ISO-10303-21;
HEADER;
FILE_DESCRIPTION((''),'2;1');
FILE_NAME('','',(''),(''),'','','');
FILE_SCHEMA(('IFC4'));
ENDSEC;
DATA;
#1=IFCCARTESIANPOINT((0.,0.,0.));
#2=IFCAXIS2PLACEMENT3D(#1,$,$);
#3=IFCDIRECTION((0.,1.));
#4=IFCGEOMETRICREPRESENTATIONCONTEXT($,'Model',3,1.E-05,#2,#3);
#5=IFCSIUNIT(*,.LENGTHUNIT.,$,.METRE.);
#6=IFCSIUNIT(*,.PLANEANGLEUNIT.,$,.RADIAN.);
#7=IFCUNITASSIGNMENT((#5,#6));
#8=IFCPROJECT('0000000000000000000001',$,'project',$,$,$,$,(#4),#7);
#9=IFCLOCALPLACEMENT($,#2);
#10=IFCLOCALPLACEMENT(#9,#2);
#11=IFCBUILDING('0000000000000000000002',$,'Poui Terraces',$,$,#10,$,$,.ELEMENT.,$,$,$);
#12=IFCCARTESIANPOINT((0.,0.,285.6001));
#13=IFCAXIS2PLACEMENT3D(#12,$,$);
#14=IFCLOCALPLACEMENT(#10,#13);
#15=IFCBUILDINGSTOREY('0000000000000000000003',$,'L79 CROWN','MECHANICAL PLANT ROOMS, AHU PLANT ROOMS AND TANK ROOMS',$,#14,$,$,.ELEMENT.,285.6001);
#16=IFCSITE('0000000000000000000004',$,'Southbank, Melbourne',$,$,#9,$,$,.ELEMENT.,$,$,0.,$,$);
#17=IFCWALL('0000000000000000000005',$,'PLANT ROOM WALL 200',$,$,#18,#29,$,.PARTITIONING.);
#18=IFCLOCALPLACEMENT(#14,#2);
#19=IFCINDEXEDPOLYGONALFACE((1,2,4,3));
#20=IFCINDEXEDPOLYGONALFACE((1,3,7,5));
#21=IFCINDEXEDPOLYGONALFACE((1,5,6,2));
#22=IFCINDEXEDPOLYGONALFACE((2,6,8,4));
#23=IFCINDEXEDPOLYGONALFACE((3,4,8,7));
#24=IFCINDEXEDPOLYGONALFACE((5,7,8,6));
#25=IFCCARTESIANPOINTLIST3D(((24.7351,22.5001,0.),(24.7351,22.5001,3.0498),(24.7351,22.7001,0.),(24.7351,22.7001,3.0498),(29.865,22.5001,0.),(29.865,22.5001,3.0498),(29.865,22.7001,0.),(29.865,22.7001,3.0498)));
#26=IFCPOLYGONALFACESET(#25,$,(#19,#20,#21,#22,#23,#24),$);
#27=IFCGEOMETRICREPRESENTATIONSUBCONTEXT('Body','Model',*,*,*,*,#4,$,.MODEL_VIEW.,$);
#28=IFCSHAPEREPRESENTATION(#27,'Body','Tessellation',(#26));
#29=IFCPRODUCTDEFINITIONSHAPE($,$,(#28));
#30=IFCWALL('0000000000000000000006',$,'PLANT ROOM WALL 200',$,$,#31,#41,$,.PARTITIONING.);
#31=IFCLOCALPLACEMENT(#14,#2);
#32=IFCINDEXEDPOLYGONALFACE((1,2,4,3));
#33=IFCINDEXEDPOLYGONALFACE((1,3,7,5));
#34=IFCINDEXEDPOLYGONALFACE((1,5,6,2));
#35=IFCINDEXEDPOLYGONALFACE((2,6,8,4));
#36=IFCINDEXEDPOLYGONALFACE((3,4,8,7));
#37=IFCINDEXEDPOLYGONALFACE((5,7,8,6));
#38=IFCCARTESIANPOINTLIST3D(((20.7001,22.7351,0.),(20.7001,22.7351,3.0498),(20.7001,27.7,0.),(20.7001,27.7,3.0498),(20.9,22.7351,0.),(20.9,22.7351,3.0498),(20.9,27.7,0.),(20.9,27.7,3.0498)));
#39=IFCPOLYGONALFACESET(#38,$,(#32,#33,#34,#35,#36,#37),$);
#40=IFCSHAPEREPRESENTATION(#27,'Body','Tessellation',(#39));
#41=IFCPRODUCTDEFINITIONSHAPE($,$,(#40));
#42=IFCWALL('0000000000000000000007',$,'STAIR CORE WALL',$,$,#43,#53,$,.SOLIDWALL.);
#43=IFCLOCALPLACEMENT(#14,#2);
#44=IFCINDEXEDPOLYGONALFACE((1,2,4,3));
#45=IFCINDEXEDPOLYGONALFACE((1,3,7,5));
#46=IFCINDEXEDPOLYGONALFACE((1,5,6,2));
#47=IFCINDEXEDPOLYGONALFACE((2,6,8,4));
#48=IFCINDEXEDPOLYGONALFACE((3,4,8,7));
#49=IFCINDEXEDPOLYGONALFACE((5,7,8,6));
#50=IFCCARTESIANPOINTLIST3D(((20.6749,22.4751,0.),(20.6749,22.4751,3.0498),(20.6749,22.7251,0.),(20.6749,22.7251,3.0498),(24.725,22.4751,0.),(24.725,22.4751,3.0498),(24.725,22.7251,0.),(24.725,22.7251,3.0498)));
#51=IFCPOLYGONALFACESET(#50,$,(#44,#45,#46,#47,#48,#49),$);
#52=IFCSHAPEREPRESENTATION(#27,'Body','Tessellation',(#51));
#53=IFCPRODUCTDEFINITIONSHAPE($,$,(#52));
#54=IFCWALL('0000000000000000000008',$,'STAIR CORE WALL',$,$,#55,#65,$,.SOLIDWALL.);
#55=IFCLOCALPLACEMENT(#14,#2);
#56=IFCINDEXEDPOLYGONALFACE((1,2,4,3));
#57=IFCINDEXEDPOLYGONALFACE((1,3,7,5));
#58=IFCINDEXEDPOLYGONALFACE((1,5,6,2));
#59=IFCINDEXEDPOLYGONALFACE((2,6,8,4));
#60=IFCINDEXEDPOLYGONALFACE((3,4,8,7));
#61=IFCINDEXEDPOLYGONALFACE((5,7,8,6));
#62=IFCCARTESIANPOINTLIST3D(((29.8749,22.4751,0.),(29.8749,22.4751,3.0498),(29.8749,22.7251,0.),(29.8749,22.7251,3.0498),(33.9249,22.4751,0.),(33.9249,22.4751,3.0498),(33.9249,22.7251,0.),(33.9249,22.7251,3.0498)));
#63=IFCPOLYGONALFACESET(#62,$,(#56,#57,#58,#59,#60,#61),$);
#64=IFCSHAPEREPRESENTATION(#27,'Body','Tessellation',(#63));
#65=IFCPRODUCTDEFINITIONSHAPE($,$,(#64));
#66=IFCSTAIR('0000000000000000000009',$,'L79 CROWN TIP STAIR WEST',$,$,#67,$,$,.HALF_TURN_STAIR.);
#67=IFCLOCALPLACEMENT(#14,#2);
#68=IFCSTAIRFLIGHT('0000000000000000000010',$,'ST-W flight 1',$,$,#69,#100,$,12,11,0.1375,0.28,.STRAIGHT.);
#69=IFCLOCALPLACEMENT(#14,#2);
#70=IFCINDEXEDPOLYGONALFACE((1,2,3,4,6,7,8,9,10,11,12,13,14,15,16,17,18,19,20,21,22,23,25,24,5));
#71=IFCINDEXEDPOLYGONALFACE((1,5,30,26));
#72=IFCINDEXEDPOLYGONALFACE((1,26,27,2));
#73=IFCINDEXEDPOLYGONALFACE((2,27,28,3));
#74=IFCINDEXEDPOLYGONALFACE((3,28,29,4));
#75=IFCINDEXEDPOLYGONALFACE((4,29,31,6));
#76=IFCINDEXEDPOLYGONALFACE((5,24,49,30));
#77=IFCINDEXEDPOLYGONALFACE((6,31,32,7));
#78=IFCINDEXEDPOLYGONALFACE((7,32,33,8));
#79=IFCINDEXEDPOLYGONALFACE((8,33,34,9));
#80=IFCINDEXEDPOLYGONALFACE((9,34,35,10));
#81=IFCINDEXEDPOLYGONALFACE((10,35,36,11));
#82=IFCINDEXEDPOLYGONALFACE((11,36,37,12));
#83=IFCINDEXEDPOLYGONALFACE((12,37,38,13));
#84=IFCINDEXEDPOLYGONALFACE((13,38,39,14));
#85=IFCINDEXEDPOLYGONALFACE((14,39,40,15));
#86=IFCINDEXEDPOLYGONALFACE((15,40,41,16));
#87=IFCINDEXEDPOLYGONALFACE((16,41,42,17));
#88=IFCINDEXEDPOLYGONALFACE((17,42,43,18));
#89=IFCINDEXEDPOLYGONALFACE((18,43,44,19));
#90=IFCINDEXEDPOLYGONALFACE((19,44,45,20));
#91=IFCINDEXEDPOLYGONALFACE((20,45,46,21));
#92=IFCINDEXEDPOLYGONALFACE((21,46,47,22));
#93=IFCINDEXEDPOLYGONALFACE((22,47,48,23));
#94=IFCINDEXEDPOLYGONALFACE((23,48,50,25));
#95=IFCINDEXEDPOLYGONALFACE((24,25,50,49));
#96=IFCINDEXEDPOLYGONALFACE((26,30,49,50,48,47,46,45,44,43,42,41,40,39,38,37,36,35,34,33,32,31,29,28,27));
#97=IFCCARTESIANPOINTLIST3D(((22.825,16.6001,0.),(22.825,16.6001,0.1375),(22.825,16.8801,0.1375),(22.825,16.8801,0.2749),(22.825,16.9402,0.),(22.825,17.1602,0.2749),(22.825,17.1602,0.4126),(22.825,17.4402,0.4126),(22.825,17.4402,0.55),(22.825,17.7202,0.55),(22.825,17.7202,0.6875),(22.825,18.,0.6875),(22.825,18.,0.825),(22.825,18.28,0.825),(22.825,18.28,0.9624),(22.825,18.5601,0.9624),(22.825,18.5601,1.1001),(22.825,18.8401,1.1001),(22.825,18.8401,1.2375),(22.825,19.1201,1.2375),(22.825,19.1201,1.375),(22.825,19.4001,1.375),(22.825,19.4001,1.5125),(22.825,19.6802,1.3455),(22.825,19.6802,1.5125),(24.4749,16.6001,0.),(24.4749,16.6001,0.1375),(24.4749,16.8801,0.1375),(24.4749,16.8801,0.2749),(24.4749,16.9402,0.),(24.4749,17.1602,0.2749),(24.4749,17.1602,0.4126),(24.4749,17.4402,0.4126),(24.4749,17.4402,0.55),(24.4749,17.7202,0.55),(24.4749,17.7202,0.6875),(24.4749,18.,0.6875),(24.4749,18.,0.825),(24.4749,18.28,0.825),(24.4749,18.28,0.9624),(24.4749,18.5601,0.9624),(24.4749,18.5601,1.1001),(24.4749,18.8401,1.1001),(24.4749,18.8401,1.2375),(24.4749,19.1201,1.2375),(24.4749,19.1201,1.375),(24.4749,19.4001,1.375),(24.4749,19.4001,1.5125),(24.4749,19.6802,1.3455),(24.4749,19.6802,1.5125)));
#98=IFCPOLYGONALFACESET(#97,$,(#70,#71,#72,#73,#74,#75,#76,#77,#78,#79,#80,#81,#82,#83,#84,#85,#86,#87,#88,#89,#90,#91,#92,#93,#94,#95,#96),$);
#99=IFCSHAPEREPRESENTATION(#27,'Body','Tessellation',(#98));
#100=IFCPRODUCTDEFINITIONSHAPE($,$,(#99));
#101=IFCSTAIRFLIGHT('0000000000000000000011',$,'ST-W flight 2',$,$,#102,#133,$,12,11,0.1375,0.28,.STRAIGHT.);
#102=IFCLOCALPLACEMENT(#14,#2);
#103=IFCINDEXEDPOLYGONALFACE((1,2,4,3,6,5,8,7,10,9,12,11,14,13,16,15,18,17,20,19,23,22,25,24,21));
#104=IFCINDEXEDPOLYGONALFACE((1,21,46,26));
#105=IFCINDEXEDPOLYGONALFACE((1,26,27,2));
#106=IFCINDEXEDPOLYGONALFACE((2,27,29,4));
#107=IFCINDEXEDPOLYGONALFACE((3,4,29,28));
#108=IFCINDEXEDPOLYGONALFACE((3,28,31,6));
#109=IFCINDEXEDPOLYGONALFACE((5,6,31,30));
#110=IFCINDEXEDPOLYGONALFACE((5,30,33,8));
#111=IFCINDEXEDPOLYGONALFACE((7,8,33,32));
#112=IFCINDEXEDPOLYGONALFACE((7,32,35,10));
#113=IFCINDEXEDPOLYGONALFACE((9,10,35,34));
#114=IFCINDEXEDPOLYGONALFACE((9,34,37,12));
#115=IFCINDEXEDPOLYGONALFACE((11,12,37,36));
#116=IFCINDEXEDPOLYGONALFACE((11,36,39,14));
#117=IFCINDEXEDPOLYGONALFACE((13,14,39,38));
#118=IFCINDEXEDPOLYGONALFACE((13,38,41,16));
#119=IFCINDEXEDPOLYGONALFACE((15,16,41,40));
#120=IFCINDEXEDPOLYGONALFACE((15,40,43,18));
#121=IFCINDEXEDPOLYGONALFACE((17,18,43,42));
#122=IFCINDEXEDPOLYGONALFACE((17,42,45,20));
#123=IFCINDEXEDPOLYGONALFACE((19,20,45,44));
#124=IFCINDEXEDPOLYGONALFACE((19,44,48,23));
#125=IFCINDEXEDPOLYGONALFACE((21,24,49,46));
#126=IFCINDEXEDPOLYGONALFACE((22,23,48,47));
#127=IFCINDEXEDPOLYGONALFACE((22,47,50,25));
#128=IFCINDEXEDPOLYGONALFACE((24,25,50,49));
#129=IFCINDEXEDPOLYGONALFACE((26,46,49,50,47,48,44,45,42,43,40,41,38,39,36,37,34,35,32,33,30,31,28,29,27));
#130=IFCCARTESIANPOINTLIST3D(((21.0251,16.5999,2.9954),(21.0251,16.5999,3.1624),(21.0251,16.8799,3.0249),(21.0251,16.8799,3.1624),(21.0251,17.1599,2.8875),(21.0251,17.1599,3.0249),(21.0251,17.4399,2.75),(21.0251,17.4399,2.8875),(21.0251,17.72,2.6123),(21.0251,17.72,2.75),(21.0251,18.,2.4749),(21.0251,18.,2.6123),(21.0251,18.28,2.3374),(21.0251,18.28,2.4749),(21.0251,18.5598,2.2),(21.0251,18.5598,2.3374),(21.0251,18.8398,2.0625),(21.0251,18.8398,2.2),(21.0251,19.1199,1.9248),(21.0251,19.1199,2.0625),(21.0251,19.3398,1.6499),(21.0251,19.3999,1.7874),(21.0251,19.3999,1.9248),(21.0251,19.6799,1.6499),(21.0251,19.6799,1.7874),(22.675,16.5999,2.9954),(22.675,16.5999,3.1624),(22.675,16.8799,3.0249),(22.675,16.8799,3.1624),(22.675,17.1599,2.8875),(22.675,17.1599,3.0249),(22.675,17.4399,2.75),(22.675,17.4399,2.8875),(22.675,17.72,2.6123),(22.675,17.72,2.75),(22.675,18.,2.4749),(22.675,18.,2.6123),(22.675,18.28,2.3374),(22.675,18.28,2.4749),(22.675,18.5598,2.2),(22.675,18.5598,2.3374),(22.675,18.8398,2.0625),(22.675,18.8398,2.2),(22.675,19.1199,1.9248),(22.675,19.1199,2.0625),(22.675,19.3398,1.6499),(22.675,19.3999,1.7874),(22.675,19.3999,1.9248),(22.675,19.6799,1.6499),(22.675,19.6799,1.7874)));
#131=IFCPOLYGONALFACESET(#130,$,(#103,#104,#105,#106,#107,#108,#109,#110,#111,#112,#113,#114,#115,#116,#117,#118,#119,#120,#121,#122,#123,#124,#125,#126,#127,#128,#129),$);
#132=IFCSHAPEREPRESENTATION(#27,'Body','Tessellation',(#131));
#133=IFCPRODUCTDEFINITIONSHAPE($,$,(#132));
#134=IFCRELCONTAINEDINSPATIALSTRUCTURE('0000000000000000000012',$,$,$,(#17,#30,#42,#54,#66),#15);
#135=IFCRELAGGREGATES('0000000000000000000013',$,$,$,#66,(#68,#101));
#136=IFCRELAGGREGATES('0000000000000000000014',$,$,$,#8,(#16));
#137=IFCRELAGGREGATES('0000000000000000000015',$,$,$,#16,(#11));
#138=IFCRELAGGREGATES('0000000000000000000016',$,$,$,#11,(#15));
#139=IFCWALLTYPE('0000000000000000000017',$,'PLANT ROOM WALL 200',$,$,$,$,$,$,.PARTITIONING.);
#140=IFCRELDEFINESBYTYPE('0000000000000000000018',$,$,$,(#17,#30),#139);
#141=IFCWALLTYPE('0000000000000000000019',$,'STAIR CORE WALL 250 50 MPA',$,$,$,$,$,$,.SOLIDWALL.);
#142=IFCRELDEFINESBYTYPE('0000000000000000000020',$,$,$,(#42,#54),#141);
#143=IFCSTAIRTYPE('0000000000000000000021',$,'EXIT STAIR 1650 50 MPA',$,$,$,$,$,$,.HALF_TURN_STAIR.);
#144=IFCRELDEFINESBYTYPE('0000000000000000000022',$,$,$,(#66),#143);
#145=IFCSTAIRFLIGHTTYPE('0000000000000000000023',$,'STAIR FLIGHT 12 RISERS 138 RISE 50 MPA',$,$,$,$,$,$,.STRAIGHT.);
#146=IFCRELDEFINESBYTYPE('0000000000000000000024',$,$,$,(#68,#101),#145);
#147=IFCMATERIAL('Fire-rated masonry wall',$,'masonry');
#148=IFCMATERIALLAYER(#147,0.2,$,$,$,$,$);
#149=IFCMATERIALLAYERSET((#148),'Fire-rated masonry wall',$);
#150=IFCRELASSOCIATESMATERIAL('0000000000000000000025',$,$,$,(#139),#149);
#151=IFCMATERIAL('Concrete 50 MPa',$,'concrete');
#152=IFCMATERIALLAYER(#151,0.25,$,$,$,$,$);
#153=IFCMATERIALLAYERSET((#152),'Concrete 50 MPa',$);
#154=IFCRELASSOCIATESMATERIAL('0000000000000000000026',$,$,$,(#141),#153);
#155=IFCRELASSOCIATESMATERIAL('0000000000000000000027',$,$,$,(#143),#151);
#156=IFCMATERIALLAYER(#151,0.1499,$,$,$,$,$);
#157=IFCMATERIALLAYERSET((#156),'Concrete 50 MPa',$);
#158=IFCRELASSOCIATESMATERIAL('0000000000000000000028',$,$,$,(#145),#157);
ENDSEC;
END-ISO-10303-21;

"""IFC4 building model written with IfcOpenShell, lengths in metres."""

from ifc_helpers import new_model, si_unit, direction, frame, frame_2d, origin, place, context, subcontext, project, spatial, polyline, rectangle, outline, extrude, material, layer, layer_set, type_object, element, aggregate, save


model = new_model("IFC4")

# Units and contexts
model_context = context("Model", 3, precision=1e-05, world=origin(), true_north=direction((0.0, 1.0)))
body_context = subcontext(model_context, "Body", "Model", "MODEL_VIEW")
ifc_project = project(units=[si_unit("LENGTHUNIT", "METRE"), si_unit("PLANEANGLEUNIT", "RADIAN")], contexts=[model_context])

# Site, building, storey
site_placement = place(None, origin())
site = spatial("IfcSite", under=ifc_project, at=site_placement, Name="Southbank, Melbourne", CompositionType="ELEMENT", RefElevation=0.0)
building_placement = place(site_placement, origin())
building = spatial("IfcBuilding", under=site, at=building_placement, Name="Poui Terraces", CompositionType="ELEMENT")
storey_placement = place(building_placement, frame((0.0, 0.0, 285.6001)))
storey = spatial("IfcBuildingStorey", under=building, at=storey_placement, Name="L79 CROWN", Description="MECHANICAL PLANT ROOMS, AHU PLANT ROOMS AND TANK ROOMS", CompositionType="ELEMENT", Elevation=285.6001)

# Walls
ifc_material_1 = material(Name="Fire-rated masonry wall", Category="masonry")
ifc_layer_1 = layer(ifc_material_1, 0.2)
ifc_layer_set_1 = layer_set([ifc_layer_1], Name="Fire-rated masonry wall")
wall_type_1 = type_object("IfcWallType", Name="PLANT ROOM WALL 200", PredefinedType="PARTITIONING", material=ifc_layer_set_1)
wall_1_placement = place(storey_placement, frame((24.7351, 22.6001, 0.0), z_axis=(0.0, 0.0, 1.0), x_axis=(1.0, 0.0, 0.0)))
element("IfcWall", 1, at=wall_1_placement, inside=storey, type_object=wall_type_1, Name="PLANT ROOM WALL 200", PredefinedType="PARTITIONING", context=body_context, shape_type="SweptSolid", body=[
    extrude(rectangle(XDim=5.1299, YDim=0.2, at=frame_2d((2.5649, 0.0))), origin(), (0.0, 0.0, 1.0), 3.0498),
])
wall_2_placement = place(storey_placement, frame((20.8, 22.7351, 0.0), z_axis=(0.0, 0.0, 1.0), x_axis=(0.0, 1.0, 0.0)))
element("IfcWall", 2, at=wall_2_placement, inside=storey, type_object=wall_type_1, Name="PLANT ROOM WALL 200", PredefinedType="PARTITIONING", context=body_context, shape_type="SweptSolid", body=[
    extrude(rectangle(XDim=4.9648, YDim=0.2, at=frame_2d((2.4824, 0.0))), origin(), (0.0, 0.0, 1.0), 3.0498),
])
ifc_material_2 = material(Name="Concrete 50 MPa", Category="concrete")
ifc_layer_2 = layer(ifc_material_2, 0.25)
ifc_layer_set_2 = layer_set([ifc_layer_2], Name="Concrete 50 MPa")
wall_type_2 = type_object("IfcWallType", Name="STAIR CORE WALL 250 50 MPA", PredefinedType="SOLIDWALL", material=ifc_layer_set_2)
for number, where, z_axis, x_axis, name in (
    (3, (20.675, 22.6001, 0.0), (0.0, 0.0, 1.0), (1.0, 0.0, 0.0), "STAIR CORE WALL"),
    (4, (29.875, 22.6001, 0.0), (0.0, 0.0, 1.0), (1.0, 0.0, 0.0), "STAIR CORE WALL"),
):
    element("IfcWall", number, at=place(storey_placement, frame(where, z_axis=z_axis, x_axis=x_axis)), inside=storey, type_object=wall_type_2, Name=name, PredefinedType="SOLIDWALL", context=body_context, shape_type="SweptSolid", body=[
        extrude(rectangle(XDim=4.05, YDim=0.25, at=frame_2d((2.0249, 0.0))), origin(), (0.0, 0.0, 1.0), 3.0498),
    ])

# Stair, stair flights
stair_type = type_object("IfcStairType", Name="EXIT STAIR 1650 50 MPA", PredefinedType="HALF_TURN_STAIR", material=ifc_material_2)
stair_placement = place(storey_placement, origin())
stair = element("IfcStair", 5, at=stair_placement, inside=storey, type_object=stair_type, Name="L79 CROWN TIP STAIR WEST", PredefinedType="HALF_TURN_STAIR")
ifc_layer_3 = layer(ifc_material_2, 0.1499)
ifc_layer_set_3 = layer_set([ifc_layer_3], Name="Concrete 50 MPa")
stair_flight_type = type_object("IfcStairFlightType", Name="STAIR FLIGHT 12 RISERS 138 RISE 50 MPA", PredefinedType="STRAIGHT", material=ifc_layer_set_3)
stair_flight_1_placement = place(storey_placement, frame((23.6499, 16.6001, 0.0), z_axis=(0.0, 0.0, 1.0), x_axis=(0.0, 1.0, 0.0)))
stair_flight_1 = element("IfcStairFlight", 6, at=stair_flight_1_placement, type_object=stair_flight_type, Name="ST-W flight 1", NumberOfRisers=12, NumberOfTreads=11, PredefinedType="STRAIGHT", RiserHeight=0.1375, TreadLength=0.28, context=body_context, shape_type="SweptSolid", body=[
    extrude(outline(polyline([(0.0, 0.0), (0.0, 0.1375), (0.28, 0.1375), (0.28, 0.2749), (0.5601, 0.2749), (0.5601, 0.4126), (0.8401, 0.4126), (0.8401, 0.55), (1.1201, 0.55), (1.1201, 0.6875), (1.3999, 0.6875), (1.3999, 0.825), (1.6799, 0.825), (1.6799, 0.9624), (1.96, 0.9624), (1.96, 1.1001), (2.24, 1.1001), (2.24, 1.2375), (2.52, 1.2375), (2.52, 1.375), (2.8, 1.375), (2.8, 1.5125), (3.0801, 1.5125), (3.0801, 1.6499), (3.0801, 1.3455), (0.3401, 0.0), (0.0, 0.0)])), frame((0.0, 0.825, 0.0), z_axis=(0.0, -1.0, 0.0), x_axis=(1.0, 0.0, 0.0)), (0.0, 0.0, 1.0), 1.6499),
])
stair_flight_2_placement = place(storey_placement, frame((21.8501, 19.6799, 1.6499), z_axis=(0.0, 0.0, 1.0), x_axis=(0.0, -1.0, 0.0)))
stair_flight_2 = element("IfcStairFlight", 7, at=stair_flight_2_placement, type_object=stair_flight_type, Name="ST-W flight 2", NumberOfRisers=12, NumberOfTreads=11, PredefinedType="STRAIGHT", RiserHeight=0.1375, TreadLength=0.28, context=body_context, shape_type="SweptSolid", body=[
    extrude(outline(polyline([(0.0, 0.0), (0.0, 0.1375), (0.28, 0.1375), (0.28, 0.2749), (0.5601, 0.2749), (0.5601, 0.4126), (0.8401, 0.4126), (0.8401, 0.55), (1.1201, 0.55), (1.1201, 0.6875), (1.3999, 0.6875), (1.3999, 0.825), (1.6799, 0.825), (1.6799, 0.9624), (1.96, 0.9624), (1.96, 1.1001), (2.24, 1.1001), (2.24, 1.2375), (2.52, 1.2375), (2.52, 1.375), (2.8, 1.375), (2.8, 1.5125), (3.0801, 1.5125), (3.0801, 1.6499), (3.0801, 1.3455), (0.3401, 0.0), (0.0, 0.0)])), frame((0.0, 0.825, 0.0), z_axis=(0.0, -1.0, 0.0), x_axis=(1.0, 0.0, 0.0)), (0.0, 0.0, 1.0), 1.6499),
])
aggregate(stair, [stair_flight_1, stair_flight_2])

save(model, "model.ifc")
